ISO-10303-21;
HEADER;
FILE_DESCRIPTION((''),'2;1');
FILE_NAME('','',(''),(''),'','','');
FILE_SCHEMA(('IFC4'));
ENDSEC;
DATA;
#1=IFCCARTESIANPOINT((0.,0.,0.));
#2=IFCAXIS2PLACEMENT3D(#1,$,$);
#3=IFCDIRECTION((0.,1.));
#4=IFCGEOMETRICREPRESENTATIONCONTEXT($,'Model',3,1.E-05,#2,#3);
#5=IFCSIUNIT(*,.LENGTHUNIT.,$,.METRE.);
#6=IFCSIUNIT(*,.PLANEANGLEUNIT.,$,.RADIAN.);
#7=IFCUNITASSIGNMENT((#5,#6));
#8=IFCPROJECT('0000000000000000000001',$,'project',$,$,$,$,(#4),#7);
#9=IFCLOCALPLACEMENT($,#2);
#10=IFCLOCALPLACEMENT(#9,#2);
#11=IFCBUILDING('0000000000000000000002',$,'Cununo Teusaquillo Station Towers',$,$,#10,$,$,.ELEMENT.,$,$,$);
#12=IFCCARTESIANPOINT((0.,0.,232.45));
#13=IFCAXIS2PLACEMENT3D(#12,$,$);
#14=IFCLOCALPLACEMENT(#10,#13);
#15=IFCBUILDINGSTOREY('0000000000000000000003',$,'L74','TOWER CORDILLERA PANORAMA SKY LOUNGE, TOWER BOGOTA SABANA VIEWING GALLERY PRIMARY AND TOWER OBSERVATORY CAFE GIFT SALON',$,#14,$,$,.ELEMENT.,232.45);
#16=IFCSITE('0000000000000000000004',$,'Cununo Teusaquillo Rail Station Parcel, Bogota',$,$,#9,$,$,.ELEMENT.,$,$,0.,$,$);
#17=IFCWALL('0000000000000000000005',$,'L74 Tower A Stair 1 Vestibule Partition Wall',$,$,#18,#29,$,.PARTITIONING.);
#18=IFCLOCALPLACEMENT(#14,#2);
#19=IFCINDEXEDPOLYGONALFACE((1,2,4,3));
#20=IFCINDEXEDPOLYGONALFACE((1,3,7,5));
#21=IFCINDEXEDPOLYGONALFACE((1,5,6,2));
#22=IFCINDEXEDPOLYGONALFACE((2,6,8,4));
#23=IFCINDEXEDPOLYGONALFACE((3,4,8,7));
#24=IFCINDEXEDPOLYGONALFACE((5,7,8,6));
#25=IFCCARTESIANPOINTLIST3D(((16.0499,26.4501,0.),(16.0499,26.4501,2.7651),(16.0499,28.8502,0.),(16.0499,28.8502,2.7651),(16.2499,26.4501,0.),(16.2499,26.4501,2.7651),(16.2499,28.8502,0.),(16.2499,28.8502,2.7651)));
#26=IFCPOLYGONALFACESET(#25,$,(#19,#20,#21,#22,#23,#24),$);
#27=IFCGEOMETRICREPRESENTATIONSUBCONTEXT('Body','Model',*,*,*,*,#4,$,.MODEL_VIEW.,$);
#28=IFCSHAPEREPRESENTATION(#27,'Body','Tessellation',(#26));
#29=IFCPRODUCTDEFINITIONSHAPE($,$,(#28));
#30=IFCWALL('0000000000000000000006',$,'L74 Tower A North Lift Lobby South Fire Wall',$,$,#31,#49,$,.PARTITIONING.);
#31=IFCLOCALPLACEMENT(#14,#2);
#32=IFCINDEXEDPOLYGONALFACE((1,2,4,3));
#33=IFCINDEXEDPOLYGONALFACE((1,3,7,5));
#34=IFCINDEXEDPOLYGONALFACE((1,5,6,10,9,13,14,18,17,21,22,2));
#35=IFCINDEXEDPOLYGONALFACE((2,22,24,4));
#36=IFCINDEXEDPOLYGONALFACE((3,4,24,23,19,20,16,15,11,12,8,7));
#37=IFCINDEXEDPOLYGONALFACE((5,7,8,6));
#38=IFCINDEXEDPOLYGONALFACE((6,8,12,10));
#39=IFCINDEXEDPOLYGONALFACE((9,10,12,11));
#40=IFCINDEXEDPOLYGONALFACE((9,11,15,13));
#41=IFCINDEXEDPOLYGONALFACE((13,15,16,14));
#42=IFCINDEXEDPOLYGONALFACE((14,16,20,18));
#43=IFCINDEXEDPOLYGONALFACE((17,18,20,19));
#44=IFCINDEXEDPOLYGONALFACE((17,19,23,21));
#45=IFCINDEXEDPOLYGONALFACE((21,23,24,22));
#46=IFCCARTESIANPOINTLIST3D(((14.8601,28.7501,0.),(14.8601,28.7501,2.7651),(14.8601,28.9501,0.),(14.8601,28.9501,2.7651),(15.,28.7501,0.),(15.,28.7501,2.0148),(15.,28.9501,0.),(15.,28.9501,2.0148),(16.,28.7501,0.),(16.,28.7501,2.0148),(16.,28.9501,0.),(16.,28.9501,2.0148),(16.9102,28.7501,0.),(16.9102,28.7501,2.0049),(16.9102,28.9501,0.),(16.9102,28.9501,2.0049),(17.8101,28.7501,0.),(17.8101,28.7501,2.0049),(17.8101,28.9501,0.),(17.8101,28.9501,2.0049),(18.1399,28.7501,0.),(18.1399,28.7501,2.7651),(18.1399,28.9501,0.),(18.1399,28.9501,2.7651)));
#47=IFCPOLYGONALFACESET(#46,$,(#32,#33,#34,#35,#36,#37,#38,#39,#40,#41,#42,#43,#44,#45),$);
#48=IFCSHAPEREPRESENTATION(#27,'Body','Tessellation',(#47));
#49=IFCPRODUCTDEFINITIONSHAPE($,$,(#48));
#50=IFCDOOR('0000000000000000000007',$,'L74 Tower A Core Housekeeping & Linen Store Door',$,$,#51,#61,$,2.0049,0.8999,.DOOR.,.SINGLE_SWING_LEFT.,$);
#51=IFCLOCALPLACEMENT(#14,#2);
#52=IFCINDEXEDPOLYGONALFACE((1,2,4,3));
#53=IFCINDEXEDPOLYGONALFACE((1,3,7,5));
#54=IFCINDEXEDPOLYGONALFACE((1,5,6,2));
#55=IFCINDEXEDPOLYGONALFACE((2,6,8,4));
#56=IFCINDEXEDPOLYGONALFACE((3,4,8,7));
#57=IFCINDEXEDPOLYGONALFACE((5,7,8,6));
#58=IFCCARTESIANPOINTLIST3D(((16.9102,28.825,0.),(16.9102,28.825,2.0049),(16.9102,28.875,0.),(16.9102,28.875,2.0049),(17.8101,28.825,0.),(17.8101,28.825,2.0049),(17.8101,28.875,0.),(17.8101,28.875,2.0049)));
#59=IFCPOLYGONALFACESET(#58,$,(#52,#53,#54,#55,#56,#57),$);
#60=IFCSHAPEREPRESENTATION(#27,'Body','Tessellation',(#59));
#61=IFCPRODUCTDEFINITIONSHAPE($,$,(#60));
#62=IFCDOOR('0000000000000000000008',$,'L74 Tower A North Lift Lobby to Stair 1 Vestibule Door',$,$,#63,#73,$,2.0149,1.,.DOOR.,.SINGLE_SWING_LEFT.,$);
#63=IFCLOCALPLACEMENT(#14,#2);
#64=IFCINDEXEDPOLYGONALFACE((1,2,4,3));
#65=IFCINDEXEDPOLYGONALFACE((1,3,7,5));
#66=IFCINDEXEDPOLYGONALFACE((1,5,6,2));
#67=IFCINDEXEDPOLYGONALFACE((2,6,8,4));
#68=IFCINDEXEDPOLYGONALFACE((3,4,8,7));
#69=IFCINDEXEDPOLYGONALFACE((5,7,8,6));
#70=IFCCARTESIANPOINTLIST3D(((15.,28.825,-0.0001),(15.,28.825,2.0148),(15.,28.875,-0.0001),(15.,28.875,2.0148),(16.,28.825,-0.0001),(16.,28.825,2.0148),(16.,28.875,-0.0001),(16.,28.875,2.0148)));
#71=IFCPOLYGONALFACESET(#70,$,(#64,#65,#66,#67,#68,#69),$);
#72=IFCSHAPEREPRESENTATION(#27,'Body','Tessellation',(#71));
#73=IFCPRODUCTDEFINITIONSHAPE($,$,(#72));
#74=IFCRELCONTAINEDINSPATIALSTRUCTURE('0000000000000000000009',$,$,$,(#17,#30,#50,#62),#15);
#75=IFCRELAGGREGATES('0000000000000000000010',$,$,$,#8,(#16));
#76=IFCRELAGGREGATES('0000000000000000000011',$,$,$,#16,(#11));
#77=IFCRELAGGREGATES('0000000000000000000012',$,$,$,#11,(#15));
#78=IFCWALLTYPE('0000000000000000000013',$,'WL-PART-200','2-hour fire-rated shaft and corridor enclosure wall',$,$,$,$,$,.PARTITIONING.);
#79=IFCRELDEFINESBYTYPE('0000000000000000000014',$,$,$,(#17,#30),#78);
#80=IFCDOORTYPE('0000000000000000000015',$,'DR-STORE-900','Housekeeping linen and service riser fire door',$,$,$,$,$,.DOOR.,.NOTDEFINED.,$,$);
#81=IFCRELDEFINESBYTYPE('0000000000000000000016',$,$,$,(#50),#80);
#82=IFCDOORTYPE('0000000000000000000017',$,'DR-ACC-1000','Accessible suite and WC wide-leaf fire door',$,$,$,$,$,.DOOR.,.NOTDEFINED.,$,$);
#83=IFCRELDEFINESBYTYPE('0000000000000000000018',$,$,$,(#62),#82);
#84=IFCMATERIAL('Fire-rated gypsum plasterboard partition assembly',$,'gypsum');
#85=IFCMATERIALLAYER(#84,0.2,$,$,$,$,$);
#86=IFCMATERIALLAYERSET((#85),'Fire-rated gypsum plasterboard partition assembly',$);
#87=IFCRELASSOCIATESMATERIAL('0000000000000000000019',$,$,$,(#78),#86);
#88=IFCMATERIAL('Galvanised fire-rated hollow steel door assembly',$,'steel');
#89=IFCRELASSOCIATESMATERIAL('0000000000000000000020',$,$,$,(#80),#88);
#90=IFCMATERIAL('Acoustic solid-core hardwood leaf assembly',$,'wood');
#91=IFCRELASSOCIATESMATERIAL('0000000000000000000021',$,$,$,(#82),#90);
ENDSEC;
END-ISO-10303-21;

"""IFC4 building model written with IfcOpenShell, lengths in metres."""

from ifc_helpers import new_model, si_unit, direction, frame, frame_2d, origin, place, context, subcontext, project, spatial, rectangle, extrude, source, transform, mapped, material, layer, layer_set, type_object, element, fill, save


model = new_model("IFC4")

# Units and contexts
model_context = context("Model", 3, precision=1e-05, world=origin(), true_north=direction((0.0, 1.0)))
body_context = subcontext(model_context, "Body", "Model", "MODEL_VIEW")
ifc_project = project(units=[si_unit("LENGTHUNIT", "METRE"), si_unit("PLANEANGLEUNIT", "RADIAN")], contexts=[model_context])

# Site, building, storey
site_placement = place(None, origin())
site = spatial("IfcSite", under=ifc_project, at=site_placement, Name="Cununo Teusaquillo Rail Station Parcel, Bogota", CompositionType="ELEMENT", RefElevation=0.0)
building_placement = place(site_placement, origin())
building = spatial("IfcBuilding", under=site, at=building_placement, Name="Cununo Teusaquillo Station Towers", CompositionType="ELEMENT")
storey_placement = place(building_placement, frame((0.0, 0.0, 232.45)))
storey = spatial("IfcBuildingStorey", under=building, at=storey_placement, Name="L74", Description="TOWER CORDILLERA PANORAMA SKY LOUNGE, TOWER BOGOTA SABANA VIEWING GALLERY PRIMARY AND TOWER OBSERVATORY CAFE GIFT SALON", CompositionType="ELEMENT", Elevation=232.45)

# Shared definitions
shared_shape_1 = source(origin(), body_context, "Body", "SweptSolid", [
    extrude(rectangle(XDim=0.8999, YDim=2.0049, at=frame_2d((0.45, 1.0024))), frame((0.0, 0.0249, 0.0), z_axis=(0.0, -1.0, 0.0), x_axis=(1.0, 0.0, 0.0)), (0.0, 0.0, 1.0), 0.05),
])

# Wall
ifc_material_1 = material(Name="Fire-rated gypsum plasterboard partition assembly", Category="gypsum")
ifc_layer_1 = layer(ifc_material_1, 0.2)
ifc_layer_set_1 = layer_set([ifc_layer_1], Name="Fire-rated gypsum plasterboard partition assembly")
wall_type_1 = type_object("IfcWallType", Name="WL-PART-200", Description="2-hour fire-rated shaft and corridor enclosure wall", PredefinedType="PARTITIONING", material=ifc_layer_set_1)
wall_1_placement = place(storey_placement, frame((16.1499, 26.45, 0.0), z_axis=(0.0, 0.0, 1.0), x_axis=(0.0, 1.0, 0.0)))
element("IfcWall", 1, at=wall_1_placement, inside=storey, type_object=wall_type_1, Name="L74 Tower A Stair 1 Vestibule Partition Wall", PredefinedType="PARTITIONING", context=body_context, shape_type="SweptSolid", body=[
    extrude(rectangle(XDim=2.4001, YDim=0.2, at=frame_2d((1.2002, 0.0))), origin(), (0.0, 0.0, 1.0), 2.7651),
])

# Wall, openings, doors
wall_2_placement = place(storey_placement, frame((14.8601, 28.8501, 0.0), z_axis=(0.0, 0.0, 1.0), x_axis=(1.0, 0.0, 0.0)))
wall_2 = element("IfcWall", 2, at=wall_2_placement, inside=storey, type_object=wall_type_1, Name="L74 Tower A North Lift Lobby South Fire Wall", PredefinedType="PARTITIONING", context=body_context, shape_type="SweptSolid", body=[
    extrude(rectangle(XDim=3.2798, YDim=0.2, at=frame_2d((1.6399, 0.0))), origin(), (0.0, 0.0, 1.0), 2.7651),
])
shared_shape_2 = source(origin(), body_context, "Body", "SweptSolid", [
    extrude(rectangle(XDim=1.0, YDim=2.0149, at=frame_2d((0.5, 1.0073))), frame((0.0, 0.1099, 0.0), z_axis=(0.0, -1.0, 0.0), x_axis=(1.0, 0.0, 0.0)), (0.0, 0.0, 1.0), 0.22),
])
opening_1_placement = place(wall_2_placement, frame((0.1399, 0.0, 0.0)))
opening_1 = element("IfcOpeningElement", 3, at=opening_1_placement, cuts=wall_2, PredefinedType="OPENING", context=body_context, shape_type="MappedRepresentation", body=[
    mapped(shared_shape_2, transform((0.0, 0.0, 0.0), x_axis=(1.0, 0.0, 0.0), y_axis=(0.0, 1.0, 0.0), z_axis=(0.0, 0.0, 1.0), scale=1.0)),
])
shared_shape_3 = source(origin(), body_context, "Body", "SweptSolid", [
    extrude(rectangle(XDim=0.8999, YDim=2.0049, at=frame_2d((0.45, 1.0024))), frame((0.0, 0.1099, 0.0), z_axis=(0.0, -1.0, 0.0), x_axis=(1.0, 0.0, 0.0)), (0.0, 0.0, 1.0), 0.22),
])
opening_2_placement = place(wall_2_placement, frame((2.05, 0.0, 0.0)))
opening_2 = element("IfcOpeningElement", 4, at=opening_2_placement, cuts=wall_2, PredefinedType="OPENING", context=body_context, shape_type="MappedRepresentation", body=[
    mapped(shared_shape_3, transform((0.0, 0.0, 0.0), x_axis=(1.0, 0.0, 0.0), y_axis=(0.0, 1.0, 0.0), z_axis=(0.0, 0.0, 1.0), scale=1.0)),
])
ifc_material_2 = material(Name="Galvanised fire-rated hollow steel door assembly", Category="steel")
door_type_1 = type_object("IfcDoorType", Name="DR-STORE-900", Description="Housekeeping linen and service riser fire door", OperationType="NOTDEFINED", PredefinedType="DOOR", material=ifc_material_2)
door_1_placement = place(opening_2_placement, origin())
door_1 = element("IfcDoor", 5, at=door_1_placement, inside=storey, type_object=door_type_1, Name="L74 Tower A Core Housekeeping & Linen Store Door", OperationType="SINGLE_SWING_LEFT", OverallHeight=2.0049, OverallWidth=0.8999, PredefinedType="DOOR", context=body_context, shape_type="MappedRepresentation", body=[
    mapped(shared_shape_1, transform((0.0, 0.0, 0.0), x_axis=(1.0, 0.0, 0.0), y_axis=(0.0, 1.0, 0.0), z_axis=(0.0, 0.0, 1.0), scale=1.0)),
])
fill(opening_2, door_1)
ifc_material_3 = material(Name="Acoustic solid-core hardwood leaf assembly", Category="wood")
door_type_2 = type_object("IfcDoorType", Name="DR-ACC-1000", Description="Accessible suite and WC wide-leaf fire door", OperationType="NOTDEFINED", PredefinedType="DOOR", material=ifc_material_3)
shared_shape_4 = source(origin(), body_context, "Body", "SweptSolid", [
    extrude(rectangle(XDim=1.0, YDim=2.0149, at=frame_2d((0.5, 1.0073))), frame((0.0, 0.0249, 0.0), z_axis=(0.0, -1.0, 0.0), x_axis=(1.0, 0.0, 0.0)), (0.0, 0.0, 1.0), 0.05),
])
door_2_placement = place(opening_1_placement, origin())
door_2 = element("IfcDoor", 6, at=door_2_placement, inside=storey, type_object=door_type_2, Name="L74 Tower A North Lift Lobby to Stair 1 Vestibule Door", OperationType="SINGLE_SWING_LEFT", OverallHeight=2.0149, OverallWidth=1.0, PredefinedType="DOOR", context=body_context, shape_type="MappedRepresentation", body=[
    mapped(shared_shape_4, transform((0.0, 0.0, 0.0), x_axis=(1.0, 0.0, 0.0), y_axis=(0.0, 1.0, 0.0), z_axis=(0.0, 0.0, 1.0), scale=1.0)),
])
fill(opening_1, door_2)

save(model, "model.ifc")
